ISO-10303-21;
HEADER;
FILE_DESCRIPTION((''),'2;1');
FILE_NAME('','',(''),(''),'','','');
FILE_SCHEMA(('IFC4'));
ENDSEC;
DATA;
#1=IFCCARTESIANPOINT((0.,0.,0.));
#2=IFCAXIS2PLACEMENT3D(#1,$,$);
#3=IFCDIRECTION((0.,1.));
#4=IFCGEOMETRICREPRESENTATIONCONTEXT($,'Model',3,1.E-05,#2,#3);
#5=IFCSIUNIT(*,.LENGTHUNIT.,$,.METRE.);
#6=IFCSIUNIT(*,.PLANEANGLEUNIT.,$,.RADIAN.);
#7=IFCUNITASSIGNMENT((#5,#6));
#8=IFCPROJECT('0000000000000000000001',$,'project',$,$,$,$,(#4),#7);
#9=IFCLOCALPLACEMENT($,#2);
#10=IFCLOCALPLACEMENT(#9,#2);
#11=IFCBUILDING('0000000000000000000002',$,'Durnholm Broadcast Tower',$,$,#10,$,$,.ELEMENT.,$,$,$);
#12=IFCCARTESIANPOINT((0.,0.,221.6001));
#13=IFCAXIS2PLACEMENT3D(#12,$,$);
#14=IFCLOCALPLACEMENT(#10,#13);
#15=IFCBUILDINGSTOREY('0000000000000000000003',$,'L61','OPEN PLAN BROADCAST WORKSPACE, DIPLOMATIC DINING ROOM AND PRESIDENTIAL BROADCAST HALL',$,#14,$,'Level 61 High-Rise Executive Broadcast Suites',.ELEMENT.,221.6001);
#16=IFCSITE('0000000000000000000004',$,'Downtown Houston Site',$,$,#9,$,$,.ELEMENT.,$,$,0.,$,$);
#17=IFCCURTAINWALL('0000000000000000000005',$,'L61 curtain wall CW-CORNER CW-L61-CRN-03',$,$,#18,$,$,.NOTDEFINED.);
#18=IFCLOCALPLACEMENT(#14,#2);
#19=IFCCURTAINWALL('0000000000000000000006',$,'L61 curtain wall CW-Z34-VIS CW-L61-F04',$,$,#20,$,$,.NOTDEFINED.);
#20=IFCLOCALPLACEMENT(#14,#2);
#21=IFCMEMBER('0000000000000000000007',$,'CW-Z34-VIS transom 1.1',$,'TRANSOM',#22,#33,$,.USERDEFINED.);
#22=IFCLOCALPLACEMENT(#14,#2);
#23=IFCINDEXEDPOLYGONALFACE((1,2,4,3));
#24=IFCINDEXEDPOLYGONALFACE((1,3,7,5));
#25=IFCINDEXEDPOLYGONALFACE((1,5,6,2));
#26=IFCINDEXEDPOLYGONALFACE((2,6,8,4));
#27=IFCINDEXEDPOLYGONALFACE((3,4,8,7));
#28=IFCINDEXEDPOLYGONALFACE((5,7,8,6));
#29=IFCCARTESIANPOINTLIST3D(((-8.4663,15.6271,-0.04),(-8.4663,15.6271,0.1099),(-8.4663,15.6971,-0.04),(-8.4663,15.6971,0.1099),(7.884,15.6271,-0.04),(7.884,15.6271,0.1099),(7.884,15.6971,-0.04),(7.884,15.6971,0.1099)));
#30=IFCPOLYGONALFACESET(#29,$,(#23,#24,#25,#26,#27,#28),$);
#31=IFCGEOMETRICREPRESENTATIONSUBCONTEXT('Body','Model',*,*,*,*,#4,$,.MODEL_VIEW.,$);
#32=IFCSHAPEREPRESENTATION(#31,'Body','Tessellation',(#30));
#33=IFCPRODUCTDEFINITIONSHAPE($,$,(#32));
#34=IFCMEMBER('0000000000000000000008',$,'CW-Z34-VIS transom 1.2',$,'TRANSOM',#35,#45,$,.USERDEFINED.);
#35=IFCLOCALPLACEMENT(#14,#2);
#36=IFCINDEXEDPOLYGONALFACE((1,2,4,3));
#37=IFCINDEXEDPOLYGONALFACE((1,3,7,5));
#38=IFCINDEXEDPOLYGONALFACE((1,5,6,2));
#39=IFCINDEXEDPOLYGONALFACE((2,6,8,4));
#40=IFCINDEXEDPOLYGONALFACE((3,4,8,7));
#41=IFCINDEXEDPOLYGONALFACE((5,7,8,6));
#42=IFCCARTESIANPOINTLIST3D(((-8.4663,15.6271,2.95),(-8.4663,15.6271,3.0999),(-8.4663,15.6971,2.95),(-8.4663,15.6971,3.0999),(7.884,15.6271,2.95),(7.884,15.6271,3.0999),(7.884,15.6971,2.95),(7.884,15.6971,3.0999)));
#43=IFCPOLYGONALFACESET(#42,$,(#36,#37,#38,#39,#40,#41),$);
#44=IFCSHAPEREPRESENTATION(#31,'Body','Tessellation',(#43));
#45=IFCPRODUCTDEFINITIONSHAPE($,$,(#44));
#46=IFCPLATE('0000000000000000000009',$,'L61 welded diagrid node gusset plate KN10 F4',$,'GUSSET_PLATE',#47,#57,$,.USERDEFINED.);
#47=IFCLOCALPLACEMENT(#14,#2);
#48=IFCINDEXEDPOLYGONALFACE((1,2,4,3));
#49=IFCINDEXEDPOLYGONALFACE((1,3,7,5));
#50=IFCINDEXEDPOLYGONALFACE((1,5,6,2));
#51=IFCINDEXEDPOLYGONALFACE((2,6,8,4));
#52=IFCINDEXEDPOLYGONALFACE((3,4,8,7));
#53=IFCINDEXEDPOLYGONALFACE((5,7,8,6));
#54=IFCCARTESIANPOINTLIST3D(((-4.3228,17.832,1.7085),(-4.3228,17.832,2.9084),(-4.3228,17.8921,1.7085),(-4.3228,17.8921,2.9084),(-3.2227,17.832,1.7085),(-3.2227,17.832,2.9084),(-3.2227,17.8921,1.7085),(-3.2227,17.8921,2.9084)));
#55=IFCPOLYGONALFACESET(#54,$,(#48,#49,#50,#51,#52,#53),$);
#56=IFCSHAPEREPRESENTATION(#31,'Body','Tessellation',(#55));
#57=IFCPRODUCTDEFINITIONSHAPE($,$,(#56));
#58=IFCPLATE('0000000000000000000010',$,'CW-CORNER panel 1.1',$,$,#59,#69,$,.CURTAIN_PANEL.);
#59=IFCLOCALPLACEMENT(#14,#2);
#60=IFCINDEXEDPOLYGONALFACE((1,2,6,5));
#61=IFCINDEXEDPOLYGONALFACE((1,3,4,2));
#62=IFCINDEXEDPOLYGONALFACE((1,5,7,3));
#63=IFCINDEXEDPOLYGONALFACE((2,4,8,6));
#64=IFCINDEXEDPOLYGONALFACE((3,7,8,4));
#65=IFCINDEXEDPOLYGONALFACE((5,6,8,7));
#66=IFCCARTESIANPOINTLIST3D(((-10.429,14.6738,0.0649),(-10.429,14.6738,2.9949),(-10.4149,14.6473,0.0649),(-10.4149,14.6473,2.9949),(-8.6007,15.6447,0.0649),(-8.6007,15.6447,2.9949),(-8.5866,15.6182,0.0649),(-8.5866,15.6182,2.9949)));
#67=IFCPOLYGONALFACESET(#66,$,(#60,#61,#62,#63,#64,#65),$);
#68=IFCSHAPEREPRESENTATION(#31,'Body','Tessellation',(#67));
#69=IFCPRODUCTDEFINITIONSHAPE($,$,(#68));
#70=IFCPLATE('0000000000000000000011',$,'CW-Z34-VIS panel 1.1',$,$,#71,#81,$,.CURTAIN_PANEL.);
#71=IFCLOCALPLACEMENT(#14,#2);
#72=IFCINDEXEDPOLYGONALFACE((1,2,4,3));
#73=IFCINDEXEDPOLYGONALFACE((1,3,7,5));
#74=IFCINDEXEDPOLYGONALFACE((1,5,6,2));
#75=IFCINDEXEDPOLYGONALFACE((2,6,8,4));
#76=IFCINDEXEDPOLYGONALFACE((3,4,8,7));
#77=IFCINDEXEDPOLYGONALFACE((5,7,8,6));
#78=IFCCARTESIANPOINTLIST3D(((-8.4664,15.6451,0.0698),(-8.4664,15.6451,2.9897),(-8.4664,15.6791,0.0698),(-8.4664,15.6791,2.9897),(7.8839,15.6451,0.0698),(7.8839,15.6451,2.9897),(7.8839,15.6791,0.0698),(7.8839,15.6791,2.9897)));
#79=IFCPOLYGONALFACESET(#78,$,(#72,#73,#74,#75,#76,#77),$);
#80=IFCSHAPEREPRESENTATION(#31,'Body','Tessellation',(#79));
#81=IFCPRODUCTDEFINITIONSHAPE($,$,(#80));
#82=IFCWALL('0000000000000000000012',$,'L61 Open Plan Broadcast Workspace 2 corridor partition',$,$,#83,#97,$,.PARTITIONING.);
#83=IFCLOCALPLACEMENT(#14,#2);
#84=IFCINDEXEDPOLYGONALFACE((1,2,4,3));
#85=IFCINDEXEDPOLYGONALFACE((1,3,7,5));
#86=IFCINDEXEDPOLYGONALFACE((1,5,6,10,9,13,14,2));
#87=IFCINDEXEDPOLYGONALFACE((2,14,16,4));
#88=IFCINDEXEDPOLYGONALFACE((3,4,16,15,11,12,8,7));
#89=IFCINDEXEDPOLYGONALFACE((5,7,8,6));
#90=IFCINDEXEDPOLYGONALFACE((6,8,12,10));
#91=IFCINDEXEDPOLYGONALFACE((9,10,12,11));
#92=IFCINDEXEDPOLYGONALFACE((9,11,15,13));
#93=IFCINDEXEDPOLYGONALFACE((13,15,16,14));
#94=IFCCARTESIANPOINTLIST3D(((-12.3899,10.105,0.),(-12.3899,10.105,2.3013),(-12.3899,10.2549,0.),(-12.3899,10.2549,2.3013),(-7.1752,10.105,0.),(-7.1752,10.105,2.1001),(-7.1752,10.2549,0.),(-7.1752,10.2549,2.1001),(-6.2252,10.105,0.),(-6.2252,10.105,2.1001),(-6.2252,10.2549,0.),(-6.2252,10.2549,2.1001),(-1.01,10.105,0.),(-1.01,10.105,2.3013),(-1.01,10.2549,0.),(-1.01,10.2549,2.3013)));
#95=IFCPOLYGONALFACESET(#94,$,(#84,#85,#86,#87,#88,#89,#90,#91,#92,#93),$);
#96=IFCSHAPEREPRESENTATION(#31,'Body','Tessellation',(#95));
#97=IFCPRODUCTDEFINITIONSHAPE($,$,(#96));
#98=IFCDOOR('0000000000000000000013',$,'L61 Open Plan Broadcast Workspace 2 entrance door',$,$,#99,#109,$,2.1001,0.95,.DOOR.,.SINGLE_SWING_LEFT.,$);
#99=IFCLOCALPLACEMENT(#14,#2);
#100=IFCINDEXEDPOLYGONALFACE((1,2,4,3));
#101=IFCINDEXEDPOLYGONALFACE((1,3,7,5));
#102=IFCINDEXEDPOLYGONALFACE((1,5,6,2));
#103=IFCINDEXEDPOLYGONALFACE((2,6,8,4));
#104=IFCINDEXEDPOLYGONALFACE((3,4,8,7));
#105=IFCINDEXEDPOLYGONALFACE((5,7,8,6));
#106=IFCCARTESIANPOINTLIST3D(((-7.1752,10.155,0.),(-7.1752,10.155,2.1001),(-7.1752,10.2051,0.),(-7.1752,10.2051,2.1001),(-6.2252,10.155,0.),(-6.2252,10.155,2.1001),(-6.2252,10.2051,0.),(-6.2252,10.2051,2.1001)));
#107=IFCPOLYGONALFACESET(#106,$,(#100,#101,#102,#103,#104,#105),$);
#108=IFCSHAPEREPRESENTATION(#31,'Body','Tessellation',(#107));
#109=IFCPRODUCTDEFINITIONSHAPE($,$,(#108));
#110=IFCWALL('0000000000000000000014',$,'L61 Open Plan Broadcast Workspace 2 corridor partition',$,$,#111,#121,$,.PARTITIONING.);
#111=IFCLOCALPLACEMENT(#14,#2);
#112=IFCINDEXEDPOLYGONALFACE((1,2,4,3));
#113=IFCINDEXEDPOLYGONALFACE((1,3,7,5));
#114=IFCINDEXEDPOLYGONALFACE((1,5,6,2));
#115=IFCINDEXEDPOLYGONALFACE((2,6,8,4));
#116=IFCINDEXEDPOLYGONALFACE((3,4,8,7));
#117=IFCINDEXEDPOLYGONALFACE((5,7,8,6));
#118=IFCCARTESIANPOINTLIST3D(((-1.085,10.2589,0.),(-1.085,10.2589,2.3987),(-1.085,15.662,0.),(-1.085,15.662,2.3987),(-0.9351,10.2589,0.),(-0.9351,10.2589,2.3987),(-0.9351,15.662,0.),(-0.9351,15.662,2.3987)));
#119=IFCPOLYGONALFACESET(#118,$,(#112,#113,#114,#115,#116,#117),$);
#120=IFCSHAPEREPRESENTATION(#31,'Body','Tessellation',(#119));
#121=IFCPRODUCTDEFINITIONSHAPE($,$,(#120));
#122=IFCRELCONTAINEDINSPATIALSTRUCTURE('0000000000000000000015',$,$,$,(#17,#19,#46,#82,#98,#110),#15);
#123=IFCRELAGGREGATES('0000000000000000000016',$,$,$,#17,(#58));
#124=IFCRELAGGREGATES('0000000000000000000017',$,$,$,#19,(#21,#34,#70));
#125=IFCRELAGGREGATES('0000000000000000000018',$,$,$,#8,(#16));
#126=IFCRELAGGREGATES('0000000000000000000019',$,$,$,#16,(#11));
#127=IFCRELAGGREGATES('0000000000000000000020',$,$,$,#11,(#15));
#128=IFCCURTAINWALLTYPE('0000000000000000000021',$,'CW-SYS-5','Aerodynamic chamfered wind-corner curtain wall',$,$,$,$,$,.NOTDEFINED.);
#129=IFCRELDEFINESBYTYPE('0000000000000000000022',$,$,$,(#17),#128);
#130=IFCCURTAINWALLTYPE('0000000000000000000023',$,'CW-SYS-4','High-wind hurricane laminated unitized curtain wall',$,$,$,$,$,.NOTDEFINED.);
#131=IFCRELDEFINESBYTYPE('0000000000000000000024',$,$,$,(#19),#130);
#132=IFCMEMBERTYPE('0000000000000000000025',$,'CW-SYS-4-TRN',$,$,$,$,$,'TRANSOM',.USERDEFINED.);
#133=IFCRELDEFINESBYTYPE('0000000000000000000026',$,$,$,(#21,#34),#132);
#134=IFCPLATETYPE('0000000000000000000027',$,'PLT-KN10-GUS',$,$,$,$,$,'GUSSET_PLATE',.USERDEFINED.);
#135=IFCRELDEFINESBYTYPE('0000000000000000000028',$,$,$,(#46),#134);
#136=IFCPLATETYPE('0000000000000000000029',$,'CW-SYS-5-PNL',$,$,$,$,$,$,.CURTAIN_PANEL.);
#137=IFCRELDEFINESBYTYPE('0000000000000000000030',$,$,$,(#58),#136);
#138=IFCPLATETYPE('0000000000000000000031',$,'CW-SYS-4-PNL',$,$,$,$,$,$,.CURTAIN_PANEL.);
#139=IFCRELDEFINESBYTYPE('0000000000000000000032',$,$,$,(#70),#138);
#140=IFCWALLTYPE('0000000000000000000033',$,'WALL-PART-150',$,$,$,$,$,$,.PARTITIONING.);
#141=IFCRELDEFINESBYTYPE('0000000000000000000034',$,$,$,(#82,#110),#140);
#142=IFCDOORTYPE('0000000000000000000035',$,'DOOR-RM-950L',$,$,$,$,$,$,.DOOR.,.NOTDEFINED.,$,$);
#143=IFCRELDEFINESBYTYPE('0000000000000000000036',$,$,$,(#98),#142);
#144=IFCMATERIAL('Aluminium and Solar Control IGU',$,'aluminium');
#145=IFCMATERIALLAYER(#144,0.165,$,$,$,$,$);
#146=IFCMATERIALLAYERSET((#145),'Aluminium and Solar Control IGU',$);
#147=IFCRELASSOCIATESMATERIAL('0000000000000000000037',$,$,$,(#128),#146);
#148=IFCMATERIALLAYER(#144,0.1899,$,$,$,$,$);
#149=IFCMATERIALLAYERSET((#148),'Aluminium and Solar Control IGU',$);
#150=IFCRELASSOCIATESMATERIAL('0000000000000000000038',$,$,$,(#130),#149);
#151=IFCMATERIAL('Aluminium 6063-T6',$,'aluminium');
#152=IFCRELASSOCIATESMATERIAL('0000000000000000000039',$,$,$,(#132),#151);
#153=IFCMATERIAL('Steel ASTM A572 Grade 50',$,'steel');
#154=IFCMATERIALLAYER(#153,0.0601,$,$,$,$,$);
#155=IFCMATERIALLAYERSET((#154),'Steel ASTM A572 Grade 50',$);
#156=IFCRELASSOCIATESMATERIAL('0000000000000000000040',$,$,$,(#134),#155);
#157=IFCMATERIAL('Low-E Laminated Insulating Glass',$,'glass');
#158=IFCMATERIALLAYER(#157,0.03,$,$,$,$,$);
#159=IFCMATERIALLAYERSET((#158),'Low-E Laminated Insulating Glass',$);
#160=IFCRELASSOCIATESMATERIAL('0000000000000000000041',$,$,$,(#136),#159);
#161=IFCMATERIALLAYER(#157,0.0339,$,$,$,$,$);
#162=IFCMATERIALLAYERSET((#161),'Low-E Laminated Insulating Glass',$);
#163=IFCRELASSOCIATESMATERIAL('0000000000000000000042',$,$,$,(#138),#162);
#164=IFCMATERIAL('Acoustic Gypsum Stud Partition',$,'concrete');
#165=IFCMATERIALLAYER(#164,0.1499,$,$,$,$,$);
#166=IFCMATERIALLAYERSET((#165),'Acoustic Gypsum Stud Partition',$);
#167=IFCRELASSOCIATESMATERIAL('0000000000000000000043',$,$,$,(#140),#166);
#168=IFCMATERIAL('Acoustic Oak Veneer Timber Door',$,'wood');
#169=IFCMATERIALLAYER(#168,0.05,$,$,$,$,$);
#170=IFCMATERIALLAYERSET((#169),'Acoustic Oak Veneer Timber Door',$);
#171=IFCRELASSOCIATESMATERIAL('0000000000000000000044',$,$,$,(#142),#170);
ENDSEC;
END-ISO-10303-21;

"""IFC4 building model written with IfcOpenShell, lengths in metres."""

from ifc_helpers import new_model, si_unit, direction, frame, frame_2d, origin, origin_2d, place, context, subcontext, project, spatial, rectangle, extrude, source, transform, mapped, material, layer, layer_set, material_profile, profile_set, type_object, type_shapes, element, fill, aggregate, save


model = new_model("IFC4")

# Units and contexts
model_context = context("Model", 3, precision=1e-05, world=origin(), true_north=direction((0.0, 1.0)))
body_context = subcontext(model_context, "Body", "Model", "MODEL_VIEW")
ifc_project = project(units=[si_unit("LENGTHUNIT", "METRE"), si_unit("PLANEANGLEUNIT", "RADIAN")], contexts=[model_context])

# Site, building, storey
site_placement = place(None, origin())
site = spatial("IfcSite", under=ifc_project, at=site_placement, Name="Downtown Houston Site", CompositionType="ELEMENT", RefElevation=0.0)
building_placement = place(site_placement, origin())
building = spatial("IfcBuilding", under=site, at=building_placement, Name="Durnholm Broadcast Tower", CompositionType="ELEMENT")
storey_placement = place(building_placement, frame((0.0, 0.0, 221.6001)))
storey = spatial("IfcBuildingStorey", under=building, at=storey_placement, Name="L61", Description="OPEN PLAN BROADCAST WORKSPACE, DIPLOMATIC DINING ROOM AND PRESIDENTIAL BROADCAST HALL", LongName="Level 61 High-Rise Executive Broadcast Suites", CompositionType="ELEMENT", Elevation=221.6001)

# Curtain wall
ifc_material_1 = material(Name="Aluminium and Solar Control IGU", Category="aluminium")
ifc_layer_1 = layer(ifc_material_1, 0.165)
ifc_layer_set_1 = layer_set([ifc_layer_1], Name="Aluminium and Solar Control IGU")
curtain_wall_type_1 = type_object("IfcCurtainWallType", Name="CW-SYS-5", Description="Aerodynamic chamfered wind-corner curtain wall", PredefinedType="NOTDEFINED", material=ifc_layer_set_1)
curtain_wall_1_placement = place(storey_placement, origin())
curtain_wall_1 = element("IfcCurtainWall", 1, at=curtain_wall_1_placement, inside=storey, type_object=curtain_wall_type_1, Name="L61 curtain wall CW-CORNER CW-L61-CRN-03", PredefinedType="NOTDEFINED")
ifc_material_2 = material(Name="Aluminium 6063-T6", Category="aluminium")

# Curtain wall, members
ifc_layer_2 = layer(ifc_material_1, 0.1899)
ifc_layer_set_2 = layer_set([ifc_layer_2], Name="Aluminium and Solar Control IGU")
curtain_wall_type_2 = type_object("IfcCurtainWallType", Name="CW-SYS-4", Description="High-wind hurricane laminated unitized curtain wall", PredefinedType="NOTDEFINED", material=ifc_layer_set_2)
curtain_wall_2_placement = place(storey_placement, origin())
curtain_wall_2 = element("IfcCurtainWall", 2, at=curtain_wall_2_placement, inside=storey, type_object=curtain_wall_type_2, Name="L61 curtain wall CW-Z34-VIS CW-L61-F04", PredefinedType="NOTDEFINED")
ifc_material_profile_1 = material_profile(ifc_material_2, rectangle(XDim=0.0701, YDim=0.1499, at=origin_2d()), Name="CWT70X150")
ifc_profile_set_1 = profile_set([ifc_material_profile_1], Name="Aluminium 6063-T6")
member_type_1 = type_object("IfcMemberType", Name="CW-SYS-4-TRN", ElementType="TRANSOM", PredefinedType="USERDEFINED", material=ifc_profile_set_1)
shared_shape_1 = source(origin(), body_context, "Body", "SweptSolid", [
    extrude(rectangle(XDim=0.0701, YDim=0.1499, at=origin_2d()), origin(), (0.0, 0.0, 1.0), 16.3503),
])
type_shapes(member_type_1, [shared_shape_1])
member_1_placement = place(storey_placement, frame((-8.4663, 15.6621, 0.0349), z_axis=(1.0, 0.0, 0.0), x_axis=(0.0, 1.0, 0.0)))
member_1 = element("IfcMember", 3, at=member_1_placement, type_object=member_type_1, Name="CW-Z34-VIS transom 1.1", ObjectType="TRANSOM", PredefinedType="USERDEFINED", context=body_context, shape_type="MappedRepresentation", body=[
    mapped(shared_shape_1, transform((0.0, 0.0, 0.0), x_axis=(1.0, 0.0, 0.0), y_axis=(0.0, 1.0, 0.0), z_axis=(0.0, 0.0, 1.0), scale=1.0)),
])
member_2_placement = place(storey_placement, frame((-8.4663, 15.6621, 3.0249), z_axis=(1.0, 0.0, 0.0), x_axis=(0.0, 1.0, 0.0)))
member_2 = element("IfcMember", 4, at=member_2_placement, type_object=member_type_1, Name="CW-Z34-VIS transom 1.2", ObjectType="TRANSOM", PredefinedType="USERDEFINED", context=body_context, shape_type="MappedRepresentation", body=[
    mapped(shared_shape_1, transform((0.0, 0.0, 0.0), x_axis=(1.0, 0.0, 0.0), y_axis=(0.0, 1.0, 0.0), z_axis=(0.0, 0.0, 1.0), scale=1.0)),
])

# Plates
ifc_material_3 = material(Name="Steel ASTM A572 Grade 50", Category="steel")
ifc_layer_3 = layer(ifc_material_3, 0.0601)
ifc_layer_set_3 = layer_set([ifc_layer_3], Name="Steel ASTM A572 Grade 50")
plate_type_1 = type_object("IfcPlateType", Name="PLT-KN10-GUS", ElementType="GUSSET_PLATE", PredefinedType="USERDEFINED", material=ifc_layer_set_3)
shared_shape_2 = source(origin(), body_context, "Body", "SweptSolid", [
    extrude(rectangle(XDim=1.1001, YDim=0.0601, at=origin_2d()), origin(), (0.0, 0.0, 1.0), 1.2),
])
type_shapes(plate_type_1, [shared_shape_2])
plate_1_placement = place(storey_placement, frame((-3.7727, 17.8621, 1.7085), z_axis=(0.0, 0.0, 1.0), x_axis=(-1.0, 0.0, 0.0)))
element("IfcPlate", 5, at=plate_1_placement, inside=storey, type_object=plate_type_1, Name="L61 welded diagrid node gusset plate KN10 F4", ObjectType="GUSSET_PLATE", PredefinedType="USERDEFINED", context=body_context, shape_type="MappedRepresentation", body=[
    mapped(shared_shape_2, transform((0.0, 0.0, 0.0), x_axis=(1.0, 0.0, 0.0), y_axis=(0.0, 1.0, 0.0), z_axis=(0.0, 0.0, 1.0), scale=1.0)),
])
ifc_material_4 = material(Name="Low-E Laminated Insulating Glass", Category="glass")
ifc_layer_4 = layer(ifc_material_4, 0.03)
ifc_layer_set_4 = layer_set([ifc_layer_4], Name="Low-E Laminated Insulating Glass")
plate_type_2 = type_object("IfcPlateType", Name="CW-SYS-5-PNL", PredefinedType="CURTAIN_PANEL", material=ifc_layer_set_4)
shared_shape_3 = source(origin(), body_context, "Body", "SweptSolid", [
    extrude(rectangle(XDim=2.0701, YDim=0.03, at=origin_2d()), origin(), (0.0, 0.0, 1.0), 2.9299),
])
type_shapes(plate_type_2, [shared_shape_3])
plate_2_placement = place(storey_placement, frame((-9.5078, 15.146, 0.0649), z_axis=(0.0, 0.0, 1.0), x_axis=(0.883195, 0.469007, 0.0)))
plate_2 = element("IfcPlate", 6, at=plate_2_placement, type_object=plate_type_2, Name="CW-CORNER panel 1.1", PredefinedType="CURTAIN_PANEL", context=body_context, shape_type="MappedRepresentation", body=[
    mapped(shared_shape_3, transform((0.0, 0.0, 0.0), x_axis=(1.0, 0.0, 0.0), y_axis=(0.0, 1.0, 0.0), z_axis=(0.0, 0.0, 1.0), scale=1.0)),
])
aggregate(curtain_wall_1, [plate_2])
ifc_layer_5 = layer(ifc_material_4, 0.0339)
ifc_layer_set_5 = layer_set([ifc_layer_5], Name="Low-E Laminated Insulating Glass")
plate_type_3 = type_object("IfcPlateType", Name="CW-SYS-4-PNL", PredefinedType="CURTAIN_PANEL", material=ifc_layer_set_5)
shared_shape_4 = source(origin(), body_context, "Body", "SweptSolid", [
    extrude(rectangle(XDim=16.3503, YDim=0.0339, at=origin_2d()), origin(), (0.0, 0.0, 1.0), 2.9199),
])
type_shapes(plate_type_3, [shared_shape_4])
plate_3_placement = place(storey_placement, frame((-0.2913, 15.6621, 0.0698), z_axis=(0.0, 0.0, 1.0), x_axis=(1.0, 0.0, 0.0)))
plate_3 = element("IfcPlate", 7, at=plate_3_placement, type_object=plate_type_3, Name="CW-Z34-VIS panel 1.1", PredefinedType="CURTAIN_PANEL", context=body_context, shape_type="MappedRepresentation", body=[
    mapped(shared_shape_4, transform((0.0, 0.0, 0.0), x_axis=(1.0, 0.0, 0.0), y_axis=(0.0, 1.0, 0.0), z_axis=(0.0, 0.0, 1.0), scale=1.0)),
])
aggregate(curtain_wall_2, [member_1, member_2, plate_3])

# Wall, opening, door
ifc_material_5 = material(Name="Acoustic Gypsum Stud Partition", Category="concrete")
ifc_layer_6 = layer(ifc_material_5, 0.1499)
ifc_layer_set_6 = layer_set([ifc_layer_6], Name="Acoustic Gypsum Stud Partition")
wall_type = type_object("IfcWallType", Name="WALL-PART-150", PredefinedType="PARTITIONING", material=ifc_layer_set_6)
wall_1_placement = place(storey_placement, frame((-1.01, 10.1799, 0.0), z_axis=(0.0, 0.0, 1.0), x_axis=(-1.0, 0.0, 0.0)))
wall_1 = element("IfcWall", 8, at=wall_1_placement, inside=storey, type_object=wall_type, Name="L61 Open Plan Broadcast Workspace 2 corridor partition", PredefinedType="PARTITIONING", context=body_context, shape_type="SweptSolid", body=[
    extrude(rectangle(XDim=11.3799, YDim=0.1499, at=frame_2d((5.6899, 0.0))), origin(), (0.0, 0.0, 1.0), 2.3013),
])
opening_placement = place(wall_1_placement, frame((5.2151, 0.0, 0.0)))
opening = element("IfcOpeningElement", 9, at=opening_placement, cuts=wall_1, PredefinedType="OPENING", context=body_context, shape_type="SweptSolid", body=[
    extrude(rectangle(XDim=0.95, YDim=2.1001, at=frame_2d((0.4751, 1.05))), frame((0.0, 0.085, 0.0), z_axis=(0.0, -1.0, 0.0), x_axis=(1.0, 0.0, 0.0)), (0.0, 0.0, 1.0), 0.1699),
])
ifc_material_6 = material(Name="Acoustic Oak Veneer Timber Door", Category="wood")
ifc_layer_7 = layer(ifc_material_6, 0.05)
ifc_layer_set_7 = layer_set([ifc_layer_7], Name="Acoustic Oak Veneer Timber Door")
door_type = type_object("IfcDoorType", Name="DOOR-RM-950L", OperationType="NOTDEFINED", PredefinedType="DOOR", material=ifc_layer_set_7)
shared_shape_5 = source(origin(), body_context, "Body", "SweptSolid", [
    extrude(rectangle(XDim=0.95, YDim=2.1001, at=frame_2d((0.4751, 1.05))), frame((0.0, 0.0249, 0.0), z_axis=(0.0, -1.0, 0.0), x_axis=(1.0, 0.0, 0.0)), (0.0, 0.0, 1.0), 0.05),
])
type_shapes(door_type, [shared_shape_5])
door_placement = place(opening_placement, origin())
door = element("IfcDoor", 10, at=door_placement, inside=storey, type_object=door_type, Name="L61 Open Plan Broadcast Workspace 2 entrance door", OperationType="SINGLE_SWING_LEFT", OverallHeight=2.1001, OverallWidth=0.95, PredefinedType="DOOR", context=body_context, shape_type="MappedRepresentation", body=[
    mapped(shared_shape_5, transform((0.0, 0.0, 0.0), x_axis=(1.0, 0.0, 0.0), y_axis=(0.0, 1.0, 0.0), z_axis=(0.0, 0.0, 1.0), scale=1.0)),
])
fill(opening, door)

# Wall
wall_2_placement = place(storey_placement, frame((-1.01, 15.6621, 0.0), z_axis=(0.0, 0.0, 1.0), x_axis=(0.0, -1.0, 0.0)))
element("IfcWall", 11, at=wall_2_placement, inside=storey, type_object=wall_type, Name="L61 Open Plan Broadcast Workspace 2 corridor partition", PredefinedType="PARTITIONING", context=body_context, shape_type="SweptSolid", body=[
    extrude(rectangle(XDim=5.4031, YDim=0.1499, at=frame_2d((2.7017, 0.0))), origin(), (0.0, 0.0, 1.0), 2.3987),
])

save(model, "model.ifc")
